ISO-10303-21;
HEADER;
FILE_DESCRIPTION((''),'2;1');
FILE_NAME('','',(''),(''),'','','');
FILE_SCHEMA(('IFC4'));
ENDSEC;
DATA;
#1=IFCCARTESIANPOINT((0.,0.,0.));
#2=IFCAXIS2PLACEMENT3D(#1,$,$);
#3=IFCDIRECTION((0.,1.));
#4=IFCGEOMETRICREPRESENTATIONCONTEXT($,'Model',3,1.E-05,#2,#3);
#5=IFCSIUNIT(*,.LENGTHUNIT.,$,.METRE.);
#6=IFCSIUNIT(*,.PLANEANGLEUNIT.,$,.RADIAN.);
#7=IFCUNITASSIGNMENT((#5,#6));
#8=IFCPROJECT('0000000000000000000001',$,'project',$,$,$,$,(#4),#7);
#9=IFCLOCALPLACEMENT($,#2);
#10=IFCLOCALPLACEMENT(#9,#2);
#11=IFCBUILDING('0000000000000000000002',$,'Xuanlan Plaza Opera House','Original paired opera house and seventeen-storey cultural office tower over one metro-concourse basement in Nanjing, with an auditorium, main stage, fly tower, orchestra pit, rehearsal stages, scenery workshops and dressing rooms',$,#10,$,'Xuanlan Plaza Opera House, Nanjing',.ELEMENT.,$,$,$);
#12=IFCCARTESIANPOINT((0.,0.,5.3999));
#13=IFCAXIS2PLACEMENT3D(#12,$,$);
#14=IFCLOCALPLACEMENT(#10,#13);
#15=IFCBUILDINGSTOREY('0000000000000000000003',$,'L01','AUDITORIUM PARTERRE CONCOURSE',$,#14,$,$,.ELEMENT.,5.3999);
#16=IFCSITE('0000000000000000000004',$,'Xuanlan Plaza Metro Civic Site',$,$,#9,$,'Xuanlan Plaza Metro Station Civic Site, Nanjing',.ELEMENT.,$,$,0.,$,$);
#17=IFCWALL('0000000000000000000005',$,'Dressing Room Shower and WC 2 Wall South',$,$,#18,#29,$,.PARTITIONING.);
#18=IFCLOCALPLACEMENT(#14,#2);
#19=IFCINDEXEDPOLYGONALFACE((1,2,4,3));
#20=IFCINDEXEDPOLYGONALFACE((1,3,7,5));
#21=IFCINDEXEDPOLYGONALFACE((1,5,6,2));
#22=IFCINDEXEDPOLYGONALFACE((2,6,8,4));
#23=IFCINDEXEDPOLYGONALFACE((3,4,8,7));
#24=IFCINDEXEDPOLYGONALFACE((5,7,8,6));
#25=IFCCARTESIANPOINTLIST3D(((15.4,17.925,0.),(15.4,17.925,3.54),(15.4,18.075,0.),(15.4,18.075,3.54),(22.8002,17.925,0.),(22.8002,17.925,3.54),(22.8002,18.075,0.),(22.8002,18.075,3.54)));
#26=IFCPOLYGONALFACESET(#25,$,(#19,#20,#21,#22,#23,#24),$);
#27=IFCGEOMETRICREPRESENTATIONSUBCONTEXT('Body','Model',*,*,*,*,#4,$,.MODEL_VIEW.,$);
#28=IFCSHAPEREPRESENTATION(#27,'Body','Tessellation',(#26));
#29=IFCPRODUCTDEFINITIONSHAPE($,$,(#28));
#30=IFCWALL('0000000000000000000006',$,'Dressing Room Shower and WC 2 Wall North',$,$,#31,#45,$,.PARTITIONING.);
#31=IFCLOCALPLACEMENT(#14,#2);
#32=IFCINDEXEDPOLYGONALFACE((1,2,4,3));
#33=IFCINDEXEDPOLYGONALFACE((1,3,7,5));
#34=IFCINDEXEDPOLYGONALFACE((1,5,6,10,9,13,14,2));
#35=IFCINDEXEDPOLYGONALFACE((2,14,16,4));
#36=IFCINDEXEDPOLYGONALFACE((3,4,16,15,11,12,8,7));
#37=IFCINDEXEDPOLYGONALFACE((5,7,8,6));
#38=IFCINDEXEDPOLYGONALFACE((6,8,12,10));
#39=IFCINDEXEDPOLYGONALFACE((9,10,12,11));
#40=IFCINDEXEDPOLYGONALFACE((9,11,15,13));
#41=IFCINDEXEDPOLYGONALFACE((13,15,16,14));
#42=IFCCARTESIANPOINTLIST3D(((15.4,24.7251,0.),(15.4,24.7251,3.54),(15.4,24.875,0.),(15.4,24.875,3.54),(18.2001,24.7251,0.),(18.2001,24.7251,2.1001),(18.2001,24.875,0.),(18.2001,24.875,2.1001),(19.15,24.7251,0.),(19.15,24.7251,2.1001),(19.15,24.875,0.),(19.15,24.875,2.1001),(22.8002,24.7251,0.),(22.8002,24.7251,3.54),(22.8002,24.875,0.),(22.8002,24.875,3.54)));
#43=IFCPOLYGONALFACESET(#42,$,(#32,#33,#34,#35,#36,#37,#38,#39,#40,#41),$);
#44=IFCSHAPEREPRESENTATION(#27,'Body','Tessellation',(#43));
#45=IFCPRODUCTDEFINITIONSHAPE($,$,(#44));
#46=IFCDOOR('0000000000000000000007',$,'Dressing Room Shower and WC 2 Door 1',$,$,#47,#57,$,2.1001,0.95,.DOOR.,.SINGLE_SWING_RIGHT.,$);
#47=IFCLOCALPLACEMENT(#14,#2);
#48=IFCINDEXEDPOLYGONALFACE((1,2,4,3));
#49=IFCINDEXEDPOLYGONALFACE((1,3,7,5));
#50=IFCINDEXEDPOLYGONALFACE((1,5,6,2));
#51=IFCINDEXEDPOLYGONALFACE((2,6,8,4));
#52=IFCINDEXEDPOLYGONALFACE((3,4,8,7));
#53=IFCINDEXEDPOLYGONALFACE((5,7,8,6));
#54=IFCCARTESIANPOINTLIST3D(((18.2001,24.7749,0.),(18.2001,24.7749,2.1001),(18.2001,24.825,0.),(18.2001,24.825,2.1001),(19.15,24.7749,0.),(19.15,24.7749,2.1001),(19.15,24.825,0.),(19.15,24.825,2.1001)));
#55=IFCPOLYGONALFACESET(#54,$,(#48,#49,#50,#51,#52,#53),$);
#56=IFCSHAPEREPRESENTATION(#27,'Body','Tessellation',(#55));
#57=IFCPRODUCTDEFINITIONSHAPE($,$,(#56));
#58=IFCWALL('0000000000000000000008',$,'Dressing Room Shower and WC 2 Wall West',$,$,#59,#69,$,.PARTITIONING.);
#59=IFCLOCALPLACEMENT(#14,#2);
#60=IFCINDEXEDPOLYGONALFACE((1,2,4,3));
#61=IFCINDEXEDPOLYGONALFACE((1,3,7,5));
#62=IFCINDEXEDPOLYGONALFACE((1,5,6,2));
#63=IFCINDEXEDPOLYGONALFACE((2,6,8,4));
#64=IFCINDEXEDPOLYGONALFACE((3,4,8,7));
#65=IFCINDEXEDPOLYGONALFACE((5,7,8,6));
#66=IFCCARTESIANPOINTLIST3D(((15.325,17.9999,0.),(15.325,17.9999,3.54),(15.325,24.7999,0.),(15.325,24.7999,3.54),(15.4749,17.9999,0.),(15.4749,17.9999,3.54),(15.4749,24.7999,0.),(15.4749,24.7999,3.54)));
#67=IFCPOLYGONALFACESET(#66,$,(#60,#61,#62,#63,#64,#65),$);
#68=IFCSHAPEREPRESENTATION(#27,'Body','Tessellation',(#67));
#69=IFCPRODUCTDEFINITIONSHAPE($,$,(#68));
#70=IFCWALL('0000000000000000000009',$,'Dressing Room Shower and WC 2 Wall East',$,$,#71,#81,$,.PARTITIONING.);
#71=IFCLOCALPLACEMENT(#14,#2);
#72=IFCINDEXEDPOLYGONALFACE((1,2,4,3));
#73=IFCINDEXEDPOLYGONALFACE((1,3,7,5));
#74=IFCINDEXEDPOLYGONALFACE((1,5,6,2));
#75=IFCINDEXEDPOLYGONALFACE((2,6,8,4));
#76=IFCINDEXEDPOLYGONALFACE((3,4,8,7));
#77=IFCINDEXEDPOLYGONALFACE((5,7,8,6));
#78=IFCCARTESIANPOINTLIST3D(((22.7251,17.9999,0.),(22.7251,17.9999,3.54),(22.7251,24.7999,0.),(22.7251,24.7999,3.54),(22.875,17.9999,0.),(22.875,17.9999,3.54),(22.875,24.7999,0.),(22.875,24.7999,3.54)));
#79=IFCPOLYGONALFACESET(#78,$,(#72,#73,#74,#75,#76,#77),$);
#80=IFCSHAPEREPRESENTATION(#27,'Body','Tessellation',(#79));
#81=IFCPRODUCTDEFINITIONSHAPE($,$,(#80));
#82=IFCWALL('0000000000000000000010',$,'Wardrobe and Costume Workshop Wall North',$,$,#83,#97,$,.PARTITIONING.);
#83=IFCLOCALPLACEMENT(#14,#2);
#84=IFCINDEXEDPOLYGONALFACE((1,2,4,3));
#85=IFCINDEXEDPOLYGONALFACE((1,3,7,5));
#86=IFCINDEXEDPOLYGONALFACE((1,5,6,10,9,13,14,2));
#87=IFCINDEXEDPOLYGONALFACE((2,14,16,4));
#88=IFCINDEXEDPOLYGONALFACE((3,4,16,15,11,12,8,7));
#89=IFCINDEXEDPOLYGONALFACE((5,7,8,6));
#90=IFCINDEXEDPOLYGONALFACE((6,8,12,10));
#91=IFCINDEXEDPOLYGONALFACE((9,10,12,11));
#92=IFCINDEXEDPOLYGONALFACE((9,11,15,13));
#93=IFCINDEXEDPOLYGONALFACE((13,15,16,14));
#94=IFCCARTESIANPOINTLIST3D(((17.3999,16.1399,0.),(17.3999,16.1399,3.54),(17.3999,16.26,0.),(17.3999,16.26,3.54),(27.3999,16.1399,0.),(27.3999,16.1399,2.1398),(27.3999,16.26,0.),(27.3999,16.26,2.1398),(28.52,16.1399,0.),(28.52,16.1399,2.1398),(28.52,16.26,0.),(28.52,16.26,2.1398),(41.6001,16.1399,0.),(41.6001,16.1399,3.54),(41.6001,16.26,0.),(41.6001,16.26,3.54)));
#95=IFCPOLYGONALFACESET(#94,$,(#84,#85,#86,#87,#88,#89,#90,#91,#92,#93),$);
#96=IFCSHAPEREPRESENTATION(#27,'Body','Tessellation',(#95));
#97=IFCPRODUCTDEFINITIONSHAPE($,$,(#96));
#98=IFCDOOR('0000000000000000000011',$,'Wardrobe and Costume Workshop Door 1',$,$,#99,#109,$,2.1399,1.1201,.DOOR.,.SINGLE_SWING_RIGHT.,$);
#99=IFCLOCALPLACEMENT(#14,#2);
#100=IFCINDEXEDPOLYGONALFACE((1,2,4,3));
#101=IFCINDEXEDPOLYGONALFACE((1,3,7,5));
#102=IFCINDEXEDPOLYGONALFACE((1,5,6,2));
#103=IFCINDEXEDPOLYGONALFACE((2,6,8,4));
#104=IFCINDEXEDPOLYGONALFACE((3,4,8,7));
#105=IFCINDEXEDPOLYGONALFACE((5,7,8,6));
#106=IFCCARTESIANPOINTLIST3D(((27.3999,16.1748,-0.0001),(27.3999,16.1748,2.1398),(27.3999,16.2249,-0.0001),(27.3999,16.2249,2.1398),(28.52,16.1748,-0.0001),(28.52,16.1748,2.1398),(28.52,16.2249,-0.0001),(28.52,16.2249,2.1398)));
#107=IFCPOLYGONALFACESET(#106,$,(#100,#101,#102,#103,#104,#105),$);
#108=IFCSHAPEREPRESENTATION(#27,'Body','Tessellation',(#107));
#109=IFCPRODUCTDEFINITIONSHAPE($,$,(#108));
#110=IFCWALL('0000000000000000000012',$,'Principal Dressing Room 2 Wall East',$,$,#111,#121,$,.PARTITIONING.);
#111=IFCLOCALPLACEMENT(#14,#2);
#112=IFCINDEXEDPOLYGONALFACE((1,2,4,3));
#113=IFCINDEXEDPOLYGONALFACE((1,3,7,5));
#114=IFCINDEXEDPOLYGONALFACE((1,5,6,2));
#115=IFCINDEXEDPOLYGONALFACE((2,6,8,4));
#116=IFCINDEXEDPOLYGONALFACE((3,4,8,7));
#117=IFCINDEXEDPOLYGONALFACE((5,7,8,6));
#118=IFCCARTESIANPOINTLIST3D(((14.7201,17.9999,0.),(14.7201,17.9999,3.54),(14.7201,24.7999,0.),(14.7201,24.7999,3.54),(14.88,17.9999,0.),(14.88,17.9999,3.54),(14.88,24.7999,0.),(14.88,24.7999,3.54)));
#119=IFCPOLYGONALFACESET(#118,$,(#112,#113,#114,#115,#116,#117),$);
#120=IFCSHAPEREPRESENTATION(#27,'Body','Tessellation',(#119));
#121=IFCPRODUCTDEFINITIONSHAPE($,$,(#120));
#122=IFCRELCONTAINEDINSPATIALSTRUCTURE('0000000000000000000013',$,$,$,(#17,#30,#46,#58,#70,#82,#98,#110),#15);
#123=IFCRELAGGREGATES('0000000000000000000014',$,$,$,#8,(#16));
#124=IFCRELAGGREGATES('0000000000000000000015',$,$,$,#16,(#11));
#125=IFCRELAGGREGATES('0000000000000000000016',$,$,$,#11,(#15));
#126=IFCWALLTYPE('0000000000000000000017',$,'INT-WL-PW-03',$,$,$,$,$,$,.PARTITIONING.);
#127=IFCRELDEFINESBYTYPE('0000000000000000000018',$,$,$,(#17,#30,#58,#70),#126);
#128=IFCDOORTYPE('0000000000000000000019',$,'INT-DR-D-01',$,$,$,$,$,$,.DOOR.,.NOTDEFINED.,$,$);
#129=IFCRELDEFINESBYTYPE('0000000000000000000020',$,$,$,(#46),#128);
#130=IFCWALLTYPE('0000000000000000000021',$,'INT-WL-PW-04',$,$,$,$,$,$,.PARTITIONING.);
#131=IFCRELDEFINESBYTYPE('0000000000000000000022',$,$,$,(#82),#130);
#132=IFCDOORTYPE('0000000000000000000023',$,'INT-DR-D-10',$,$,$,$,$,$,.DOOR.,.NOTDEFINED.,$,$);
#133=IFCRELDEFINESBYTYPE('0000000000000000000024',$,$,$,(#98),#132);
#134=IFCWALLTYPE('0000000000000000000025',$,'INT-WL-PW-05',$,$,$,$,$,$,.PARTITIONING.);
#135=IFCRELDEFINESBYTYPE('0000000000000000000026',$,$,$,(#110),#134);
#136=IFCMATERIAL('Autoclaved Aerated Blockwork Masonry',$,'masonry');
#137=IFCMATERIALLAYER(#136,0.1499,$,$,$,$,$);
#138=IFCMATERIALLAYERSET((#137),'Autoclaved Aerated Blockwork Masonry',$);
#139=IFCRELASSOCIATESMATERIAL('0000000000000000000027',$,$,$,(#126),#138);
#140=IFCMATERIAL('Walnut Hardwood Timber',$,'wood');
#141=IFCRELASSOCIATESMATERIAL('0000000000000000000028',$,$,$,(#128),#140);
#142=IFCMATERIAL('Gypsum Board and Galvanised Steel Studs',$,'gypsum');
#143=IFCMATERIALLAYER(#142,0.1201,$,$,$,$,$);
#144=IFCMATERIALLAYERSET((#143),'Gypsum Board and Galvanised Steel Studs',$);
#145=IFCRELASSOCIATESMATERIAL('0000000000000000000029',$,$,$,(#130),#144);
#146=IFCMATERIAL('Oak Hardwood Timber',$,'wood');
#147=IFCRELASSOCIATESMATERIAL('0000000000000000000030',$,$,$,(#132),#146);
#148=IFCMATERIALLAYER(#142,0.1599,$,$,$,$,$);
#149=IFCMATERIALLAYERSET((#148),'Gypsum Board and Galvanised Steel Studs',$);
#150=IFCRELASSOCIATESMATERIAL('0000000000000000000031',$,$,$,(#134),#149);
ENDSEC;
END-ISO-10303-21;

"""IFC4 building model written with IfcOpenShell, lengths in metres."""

from ifc_helpers import new_model, si_unit, direction, frame, frame_2d, origin, place, context, subcontext, project, spatial, rectangle, extrude, material, layer, layer_set, type_object, element, fill, save


model = new_model("IFC4")

# Units and contexts
model_context = context("Model", 3, precision=1e-05, world=origin(), true_north=direction((0.0, 1.0)))
body_context = subcontext(model_context, "Body", "Model", "MODEL_VIEW")
ifc_project = project(units=[si_unit("LENGTHUNIT", "METRE"), si_unit("PLANEANGLEUNIT", "RADIAN")], contexts=[model_context])

# Site, building, storey
site_placement = place(None, origin())
site = spatial("IfcSite", under=ifc_project, at=site_placement, Name="Xuanlan Plaza Metro Civic Site", LongName="Xuanlan Plaza Metro Station Civic Site, Nanjing", CompositionType="ELEMENT", RefElevation=0.0)
building_placement = place(site_placement, origin())
building = spatial("IfcBuilding", under=site, at=building_placement, Name="Xuanlan Plaza Opera House", Description="Original paired opera house and seventeen-storey cultural office tower over one metro-concourse basement in Nanjing, with an auditorium, main stage, fly tower, orchestra pit, rehearsal stages, scenery workshops and dressing rooms", LongName="Xuanlan Plaza Opera House, Nanjing", CompositionType="ELEMENT")
storey_placement = place(building_placement, frame((0.0, 0.0, 5.3999)))
storey = spatial("IfcBuildingStorey", under=building, at=storey_placement, Name="L01", Description="AUDITORIUM PARTERRE CONCOURSE", CompositionType="ELEMENT", Elevation=5.3999)

# Wall
ifc_material_1 = material(Name="Autoclaved Aerated Blockwork Masonry", Category="masonry")
ifc_layer_1 = layer(ifc_material_1, 0.1499)
ifc_layer_set_1 = layer_set([ifc_layer_1], Name="Autoclaved Aerated Blockwork Masonry")
wall_type_1 = type_object("IfcWallType", Name="INT-WL-PW-03", PredefinedType="PARTITIONING", material=ifc_layer_set_1)
wall_1_placement = place(storey_placement, frame((15.3999, 18.0, 0.0), z_axis=(0.0, 0.0, 1.0), x_axis=(1.0, 0.0, 0.0)))
element("IfcWall", 1, at=wall_1_placement, inside=storey, type_object=wall_type_1, Name="Dressing Room Shower and WC 2 Wall South", PredefinedType="PARTITIONING", context=body_context, shape_type="SweptSolid", body=[
    extrude(rectangle(XDim=7.4001, YDim=0.1499, at=frame_2d((3.7002, 0.0))), origin(), (0.0, 0.0, 1.0), 3.54),
])

# Wall, opening, door
wall_2_placement = place(storey_placement, frame((15.3999, 24.8, 0.0), z_axis=(0.0, 0.0, 1.0), x_axis=(1.0, 0.0, 0.0)))
wall_2 = element("IfcWall", 2, at=wall_2_placement, inside=storey, type_object=wall_type_1, Name="Dressing Room Shower and WC 2 Wall North", PredefinedType="PARTITIONING", context=body_context, shape_type="SweptSolid", body=[
    extrude(rectangle(XDim=7.4001, YDim=0.1499, at=frame_2d((3.7002, 0.0))), origin(), (0.0, 0.0, 1.0), 3.54),
])
opening_1_placement = place(wall_2_placement, frame((2.8, 0.0, 0.0)))
opening_1 = element("IfcOpeningElement", 3, at=opening_1_placement, cuts=wall_2, PredefinedType="OPENING", context=body_context, shape_type="SweptSolid", body=[
    extrude(rectangle(XDim=0.95, YDim=2.1001, at=frame_2d((0.4751, 1.05))), frame((0.0, 0.085, 0.0), z_axis=(0.0, -1.0, 0.0), x_axis=(1.0, 0.0, 0.0)), (0.0, 0.0, 1.0), 0.1699),
])
ifc_material_2 = material(Name="Walnut Hardwood Timber", Category="wood")
door_type_1 = type_object("IfcDoorType", Name="INT-DR-D-01", OperationType="NOTDEFINED", PredefinedType="DOOR", material=ifc_material_2)
door_1_placement = place(opening_1_placement, origin())
door_1 = element("IfcDoor", 4, at=door_1_placement, inside=storey, type_object=door_type_1, Name="Dressing Room Shower and WC 2 Door 1", OperationType="SINGLE_SWING_RIGHT", OverallHeight=2.1001, OverallWidth=0.95, PredefinedType="DOOR", context=body_context, shape_type="SweptSolid", body=[
    extrude(rectangle(XDim=0.95, YDim=2.1001, at=frame_2d((0.4751, 1.05))), frame((0.0, 0.0249, 0.0), z_axis=(0.0, -1.0, 0.0), x_axis=(1.0, 0.0, 0.0)), (0.0, 0.0, 1.0), 0.05),
])
fill(opening_1, door_1)

# Walls
for number, where, z_axis, x_axis, name in (
    (5, (15.3999, 18.0, 0.0), (0.0, 0.0, 1.0), (0.0, 1.0, 0.0), "Dressing Room Shower and WC 2 Wall West"),
    (6, (22.8, 18.0, 0.0), (0.0, 0.0, 1.0), (0.0, 1.0, 0.0), "Dressing Room Shower and WC 2 Wall East"),
):
    element("IfcWall", number, at=place(storey_placement, frame(where, z_axis=z_axis, x_axis=x_axis)), inside=storey, type_object=wall_type_1, Name=name, PredefinedType="PARTITIONING", context=body_context, shape_type="SweptSolid", body=[
        extrude(rectangle(XDim=6.8, YDim=0.1499, at=frame_2d((3.3999, 0.0))), origin(), (0.0, 0.0, 1.0), 3.54),
    ])

# Wall, opening, door
ifc_material_3 = material(Name="Gypsum Board and Galvanised Steel Studs", Category="gypsum")
ifc_layer_2 = layer(ifc_material_3, 0.1201)
ifc_layer_set_2 = layer_set([ifc_layer_2], Name="Gypsum Board and Galvanised Steel Studs")
wall_type_2 = type_object("IfcWallType", Name="INT-WL-PW-04", PredefinedType="PARTITIONING", material=ifc_layer_set_2)
wall_3_placement = place(storey_placement, frame((17.3999, 16.2, 0.0), z_axis=(0.0, 0.0, 1.0), x_axis=(1.0, 0.0, 0.0)))
wall_3 = element("IfcWall", 7, at=wall_3_placement, inside=storey, type_object=wall_type_2, Name="Wardrobe and Costume Workshop Wall North", PredefinedType="PARTITIONING", context=body_context, shape_type="SweptSolid", body=[
    extrude(rectangle(XDim=24.2002, YDim=0.1201, at=frame_2d((12.1001, 0.0))), origin(), (0.0, 0.0, 1.0), 3.54),
])
opening_2_placement = place(wall_3_placement, frame((10.0, 0.0, 0.0)))
opening_2 = element("IfcOpeningElement", 8, at=opening_2_placement, cuts=wall_3, PredefinedType="OPENING", context=body_context, shape_type="SweptSolid", body=[
    extrude(rectangle(XDim=1.1201, YDim=2.1399, at=frame_2d((0.5601, 1.0698))), frame((0.0, 0.0701, 0.0), z_axis=(0.0, -1.0, 0.0), x_axis=(1.0, 0.0, 0.0)), (0.0, 0.0, 1.0), 0.1401),
])
ifc_material_4 = material(Name="Oak Hardwood Timber", Category="wood")
door_type_2 = type_object("IfcDoorType", Name="INT-DR-D-10", OperationType="NOTDEFINED", PredefinedType="DOOR", material=ifc_material_4)
door_2_placement = place(opening_2_placement, origin())
door_2 = element("IfcDoor", 9, at=door_2_placement, inside=storey, type_object=door_type_2, Name="Wardrobe and Costume Workshop Door 1", OperationType="SINGLE_SWING_RIGHT", OverallHeight=2.1399, OverallWidth=1.1201, PredefinedType="DOOR", context=body_context, shape_type="SweptSolid", body=[
    extrude(rectangle(XDim=1.1201, YDim=2.1399, at=frame_2d((0.5601, 1.0698))), frame((0.0, 0.0249, 0.0), z_axis=(0.0, -1.0, 0.0), x_axis=(1.0, 0.0, 0.0)), (0.0, 0.0, 1.0), 0.05),
])
fill(opening_2, door_2)

# Wall
ifc_layer_3 = layer(ifc_material_3, 0.1599)
ifc_layer_set_3 = layer_set([ifc_layer_3], Name="Gypsum Board and Galvanised Steel Studs")
wall_type_3 = type_object("IfcWallType", Name="INT-WL-PW-05", PredefinedType="PARTITIONING", material=ifc_layer_set_3)
wall_4_placement = place(storey_placement, frame((14.8, 18.0, 0.0), z_axis=(0.0, 0.0, 1.0), x_axis=(0.0, 1.0, 0.0)))
element("IfcWall", 10, at=wall_4_placement, inside=storey, type_object=wall_type_3, Name="Principal Dressing Room 2 Wall East", PredefinedType="PARTITIONING", context=body_context, shape_type="SweptSolid", body=[
    extrude(rectangle(XDim=6.8, YDim=0.1599, at=frame_2d((3.3999, 0.0))), origin(), (0.0, 0.0, 1.0), 3.54),
])

save(model, "model.ifc")
